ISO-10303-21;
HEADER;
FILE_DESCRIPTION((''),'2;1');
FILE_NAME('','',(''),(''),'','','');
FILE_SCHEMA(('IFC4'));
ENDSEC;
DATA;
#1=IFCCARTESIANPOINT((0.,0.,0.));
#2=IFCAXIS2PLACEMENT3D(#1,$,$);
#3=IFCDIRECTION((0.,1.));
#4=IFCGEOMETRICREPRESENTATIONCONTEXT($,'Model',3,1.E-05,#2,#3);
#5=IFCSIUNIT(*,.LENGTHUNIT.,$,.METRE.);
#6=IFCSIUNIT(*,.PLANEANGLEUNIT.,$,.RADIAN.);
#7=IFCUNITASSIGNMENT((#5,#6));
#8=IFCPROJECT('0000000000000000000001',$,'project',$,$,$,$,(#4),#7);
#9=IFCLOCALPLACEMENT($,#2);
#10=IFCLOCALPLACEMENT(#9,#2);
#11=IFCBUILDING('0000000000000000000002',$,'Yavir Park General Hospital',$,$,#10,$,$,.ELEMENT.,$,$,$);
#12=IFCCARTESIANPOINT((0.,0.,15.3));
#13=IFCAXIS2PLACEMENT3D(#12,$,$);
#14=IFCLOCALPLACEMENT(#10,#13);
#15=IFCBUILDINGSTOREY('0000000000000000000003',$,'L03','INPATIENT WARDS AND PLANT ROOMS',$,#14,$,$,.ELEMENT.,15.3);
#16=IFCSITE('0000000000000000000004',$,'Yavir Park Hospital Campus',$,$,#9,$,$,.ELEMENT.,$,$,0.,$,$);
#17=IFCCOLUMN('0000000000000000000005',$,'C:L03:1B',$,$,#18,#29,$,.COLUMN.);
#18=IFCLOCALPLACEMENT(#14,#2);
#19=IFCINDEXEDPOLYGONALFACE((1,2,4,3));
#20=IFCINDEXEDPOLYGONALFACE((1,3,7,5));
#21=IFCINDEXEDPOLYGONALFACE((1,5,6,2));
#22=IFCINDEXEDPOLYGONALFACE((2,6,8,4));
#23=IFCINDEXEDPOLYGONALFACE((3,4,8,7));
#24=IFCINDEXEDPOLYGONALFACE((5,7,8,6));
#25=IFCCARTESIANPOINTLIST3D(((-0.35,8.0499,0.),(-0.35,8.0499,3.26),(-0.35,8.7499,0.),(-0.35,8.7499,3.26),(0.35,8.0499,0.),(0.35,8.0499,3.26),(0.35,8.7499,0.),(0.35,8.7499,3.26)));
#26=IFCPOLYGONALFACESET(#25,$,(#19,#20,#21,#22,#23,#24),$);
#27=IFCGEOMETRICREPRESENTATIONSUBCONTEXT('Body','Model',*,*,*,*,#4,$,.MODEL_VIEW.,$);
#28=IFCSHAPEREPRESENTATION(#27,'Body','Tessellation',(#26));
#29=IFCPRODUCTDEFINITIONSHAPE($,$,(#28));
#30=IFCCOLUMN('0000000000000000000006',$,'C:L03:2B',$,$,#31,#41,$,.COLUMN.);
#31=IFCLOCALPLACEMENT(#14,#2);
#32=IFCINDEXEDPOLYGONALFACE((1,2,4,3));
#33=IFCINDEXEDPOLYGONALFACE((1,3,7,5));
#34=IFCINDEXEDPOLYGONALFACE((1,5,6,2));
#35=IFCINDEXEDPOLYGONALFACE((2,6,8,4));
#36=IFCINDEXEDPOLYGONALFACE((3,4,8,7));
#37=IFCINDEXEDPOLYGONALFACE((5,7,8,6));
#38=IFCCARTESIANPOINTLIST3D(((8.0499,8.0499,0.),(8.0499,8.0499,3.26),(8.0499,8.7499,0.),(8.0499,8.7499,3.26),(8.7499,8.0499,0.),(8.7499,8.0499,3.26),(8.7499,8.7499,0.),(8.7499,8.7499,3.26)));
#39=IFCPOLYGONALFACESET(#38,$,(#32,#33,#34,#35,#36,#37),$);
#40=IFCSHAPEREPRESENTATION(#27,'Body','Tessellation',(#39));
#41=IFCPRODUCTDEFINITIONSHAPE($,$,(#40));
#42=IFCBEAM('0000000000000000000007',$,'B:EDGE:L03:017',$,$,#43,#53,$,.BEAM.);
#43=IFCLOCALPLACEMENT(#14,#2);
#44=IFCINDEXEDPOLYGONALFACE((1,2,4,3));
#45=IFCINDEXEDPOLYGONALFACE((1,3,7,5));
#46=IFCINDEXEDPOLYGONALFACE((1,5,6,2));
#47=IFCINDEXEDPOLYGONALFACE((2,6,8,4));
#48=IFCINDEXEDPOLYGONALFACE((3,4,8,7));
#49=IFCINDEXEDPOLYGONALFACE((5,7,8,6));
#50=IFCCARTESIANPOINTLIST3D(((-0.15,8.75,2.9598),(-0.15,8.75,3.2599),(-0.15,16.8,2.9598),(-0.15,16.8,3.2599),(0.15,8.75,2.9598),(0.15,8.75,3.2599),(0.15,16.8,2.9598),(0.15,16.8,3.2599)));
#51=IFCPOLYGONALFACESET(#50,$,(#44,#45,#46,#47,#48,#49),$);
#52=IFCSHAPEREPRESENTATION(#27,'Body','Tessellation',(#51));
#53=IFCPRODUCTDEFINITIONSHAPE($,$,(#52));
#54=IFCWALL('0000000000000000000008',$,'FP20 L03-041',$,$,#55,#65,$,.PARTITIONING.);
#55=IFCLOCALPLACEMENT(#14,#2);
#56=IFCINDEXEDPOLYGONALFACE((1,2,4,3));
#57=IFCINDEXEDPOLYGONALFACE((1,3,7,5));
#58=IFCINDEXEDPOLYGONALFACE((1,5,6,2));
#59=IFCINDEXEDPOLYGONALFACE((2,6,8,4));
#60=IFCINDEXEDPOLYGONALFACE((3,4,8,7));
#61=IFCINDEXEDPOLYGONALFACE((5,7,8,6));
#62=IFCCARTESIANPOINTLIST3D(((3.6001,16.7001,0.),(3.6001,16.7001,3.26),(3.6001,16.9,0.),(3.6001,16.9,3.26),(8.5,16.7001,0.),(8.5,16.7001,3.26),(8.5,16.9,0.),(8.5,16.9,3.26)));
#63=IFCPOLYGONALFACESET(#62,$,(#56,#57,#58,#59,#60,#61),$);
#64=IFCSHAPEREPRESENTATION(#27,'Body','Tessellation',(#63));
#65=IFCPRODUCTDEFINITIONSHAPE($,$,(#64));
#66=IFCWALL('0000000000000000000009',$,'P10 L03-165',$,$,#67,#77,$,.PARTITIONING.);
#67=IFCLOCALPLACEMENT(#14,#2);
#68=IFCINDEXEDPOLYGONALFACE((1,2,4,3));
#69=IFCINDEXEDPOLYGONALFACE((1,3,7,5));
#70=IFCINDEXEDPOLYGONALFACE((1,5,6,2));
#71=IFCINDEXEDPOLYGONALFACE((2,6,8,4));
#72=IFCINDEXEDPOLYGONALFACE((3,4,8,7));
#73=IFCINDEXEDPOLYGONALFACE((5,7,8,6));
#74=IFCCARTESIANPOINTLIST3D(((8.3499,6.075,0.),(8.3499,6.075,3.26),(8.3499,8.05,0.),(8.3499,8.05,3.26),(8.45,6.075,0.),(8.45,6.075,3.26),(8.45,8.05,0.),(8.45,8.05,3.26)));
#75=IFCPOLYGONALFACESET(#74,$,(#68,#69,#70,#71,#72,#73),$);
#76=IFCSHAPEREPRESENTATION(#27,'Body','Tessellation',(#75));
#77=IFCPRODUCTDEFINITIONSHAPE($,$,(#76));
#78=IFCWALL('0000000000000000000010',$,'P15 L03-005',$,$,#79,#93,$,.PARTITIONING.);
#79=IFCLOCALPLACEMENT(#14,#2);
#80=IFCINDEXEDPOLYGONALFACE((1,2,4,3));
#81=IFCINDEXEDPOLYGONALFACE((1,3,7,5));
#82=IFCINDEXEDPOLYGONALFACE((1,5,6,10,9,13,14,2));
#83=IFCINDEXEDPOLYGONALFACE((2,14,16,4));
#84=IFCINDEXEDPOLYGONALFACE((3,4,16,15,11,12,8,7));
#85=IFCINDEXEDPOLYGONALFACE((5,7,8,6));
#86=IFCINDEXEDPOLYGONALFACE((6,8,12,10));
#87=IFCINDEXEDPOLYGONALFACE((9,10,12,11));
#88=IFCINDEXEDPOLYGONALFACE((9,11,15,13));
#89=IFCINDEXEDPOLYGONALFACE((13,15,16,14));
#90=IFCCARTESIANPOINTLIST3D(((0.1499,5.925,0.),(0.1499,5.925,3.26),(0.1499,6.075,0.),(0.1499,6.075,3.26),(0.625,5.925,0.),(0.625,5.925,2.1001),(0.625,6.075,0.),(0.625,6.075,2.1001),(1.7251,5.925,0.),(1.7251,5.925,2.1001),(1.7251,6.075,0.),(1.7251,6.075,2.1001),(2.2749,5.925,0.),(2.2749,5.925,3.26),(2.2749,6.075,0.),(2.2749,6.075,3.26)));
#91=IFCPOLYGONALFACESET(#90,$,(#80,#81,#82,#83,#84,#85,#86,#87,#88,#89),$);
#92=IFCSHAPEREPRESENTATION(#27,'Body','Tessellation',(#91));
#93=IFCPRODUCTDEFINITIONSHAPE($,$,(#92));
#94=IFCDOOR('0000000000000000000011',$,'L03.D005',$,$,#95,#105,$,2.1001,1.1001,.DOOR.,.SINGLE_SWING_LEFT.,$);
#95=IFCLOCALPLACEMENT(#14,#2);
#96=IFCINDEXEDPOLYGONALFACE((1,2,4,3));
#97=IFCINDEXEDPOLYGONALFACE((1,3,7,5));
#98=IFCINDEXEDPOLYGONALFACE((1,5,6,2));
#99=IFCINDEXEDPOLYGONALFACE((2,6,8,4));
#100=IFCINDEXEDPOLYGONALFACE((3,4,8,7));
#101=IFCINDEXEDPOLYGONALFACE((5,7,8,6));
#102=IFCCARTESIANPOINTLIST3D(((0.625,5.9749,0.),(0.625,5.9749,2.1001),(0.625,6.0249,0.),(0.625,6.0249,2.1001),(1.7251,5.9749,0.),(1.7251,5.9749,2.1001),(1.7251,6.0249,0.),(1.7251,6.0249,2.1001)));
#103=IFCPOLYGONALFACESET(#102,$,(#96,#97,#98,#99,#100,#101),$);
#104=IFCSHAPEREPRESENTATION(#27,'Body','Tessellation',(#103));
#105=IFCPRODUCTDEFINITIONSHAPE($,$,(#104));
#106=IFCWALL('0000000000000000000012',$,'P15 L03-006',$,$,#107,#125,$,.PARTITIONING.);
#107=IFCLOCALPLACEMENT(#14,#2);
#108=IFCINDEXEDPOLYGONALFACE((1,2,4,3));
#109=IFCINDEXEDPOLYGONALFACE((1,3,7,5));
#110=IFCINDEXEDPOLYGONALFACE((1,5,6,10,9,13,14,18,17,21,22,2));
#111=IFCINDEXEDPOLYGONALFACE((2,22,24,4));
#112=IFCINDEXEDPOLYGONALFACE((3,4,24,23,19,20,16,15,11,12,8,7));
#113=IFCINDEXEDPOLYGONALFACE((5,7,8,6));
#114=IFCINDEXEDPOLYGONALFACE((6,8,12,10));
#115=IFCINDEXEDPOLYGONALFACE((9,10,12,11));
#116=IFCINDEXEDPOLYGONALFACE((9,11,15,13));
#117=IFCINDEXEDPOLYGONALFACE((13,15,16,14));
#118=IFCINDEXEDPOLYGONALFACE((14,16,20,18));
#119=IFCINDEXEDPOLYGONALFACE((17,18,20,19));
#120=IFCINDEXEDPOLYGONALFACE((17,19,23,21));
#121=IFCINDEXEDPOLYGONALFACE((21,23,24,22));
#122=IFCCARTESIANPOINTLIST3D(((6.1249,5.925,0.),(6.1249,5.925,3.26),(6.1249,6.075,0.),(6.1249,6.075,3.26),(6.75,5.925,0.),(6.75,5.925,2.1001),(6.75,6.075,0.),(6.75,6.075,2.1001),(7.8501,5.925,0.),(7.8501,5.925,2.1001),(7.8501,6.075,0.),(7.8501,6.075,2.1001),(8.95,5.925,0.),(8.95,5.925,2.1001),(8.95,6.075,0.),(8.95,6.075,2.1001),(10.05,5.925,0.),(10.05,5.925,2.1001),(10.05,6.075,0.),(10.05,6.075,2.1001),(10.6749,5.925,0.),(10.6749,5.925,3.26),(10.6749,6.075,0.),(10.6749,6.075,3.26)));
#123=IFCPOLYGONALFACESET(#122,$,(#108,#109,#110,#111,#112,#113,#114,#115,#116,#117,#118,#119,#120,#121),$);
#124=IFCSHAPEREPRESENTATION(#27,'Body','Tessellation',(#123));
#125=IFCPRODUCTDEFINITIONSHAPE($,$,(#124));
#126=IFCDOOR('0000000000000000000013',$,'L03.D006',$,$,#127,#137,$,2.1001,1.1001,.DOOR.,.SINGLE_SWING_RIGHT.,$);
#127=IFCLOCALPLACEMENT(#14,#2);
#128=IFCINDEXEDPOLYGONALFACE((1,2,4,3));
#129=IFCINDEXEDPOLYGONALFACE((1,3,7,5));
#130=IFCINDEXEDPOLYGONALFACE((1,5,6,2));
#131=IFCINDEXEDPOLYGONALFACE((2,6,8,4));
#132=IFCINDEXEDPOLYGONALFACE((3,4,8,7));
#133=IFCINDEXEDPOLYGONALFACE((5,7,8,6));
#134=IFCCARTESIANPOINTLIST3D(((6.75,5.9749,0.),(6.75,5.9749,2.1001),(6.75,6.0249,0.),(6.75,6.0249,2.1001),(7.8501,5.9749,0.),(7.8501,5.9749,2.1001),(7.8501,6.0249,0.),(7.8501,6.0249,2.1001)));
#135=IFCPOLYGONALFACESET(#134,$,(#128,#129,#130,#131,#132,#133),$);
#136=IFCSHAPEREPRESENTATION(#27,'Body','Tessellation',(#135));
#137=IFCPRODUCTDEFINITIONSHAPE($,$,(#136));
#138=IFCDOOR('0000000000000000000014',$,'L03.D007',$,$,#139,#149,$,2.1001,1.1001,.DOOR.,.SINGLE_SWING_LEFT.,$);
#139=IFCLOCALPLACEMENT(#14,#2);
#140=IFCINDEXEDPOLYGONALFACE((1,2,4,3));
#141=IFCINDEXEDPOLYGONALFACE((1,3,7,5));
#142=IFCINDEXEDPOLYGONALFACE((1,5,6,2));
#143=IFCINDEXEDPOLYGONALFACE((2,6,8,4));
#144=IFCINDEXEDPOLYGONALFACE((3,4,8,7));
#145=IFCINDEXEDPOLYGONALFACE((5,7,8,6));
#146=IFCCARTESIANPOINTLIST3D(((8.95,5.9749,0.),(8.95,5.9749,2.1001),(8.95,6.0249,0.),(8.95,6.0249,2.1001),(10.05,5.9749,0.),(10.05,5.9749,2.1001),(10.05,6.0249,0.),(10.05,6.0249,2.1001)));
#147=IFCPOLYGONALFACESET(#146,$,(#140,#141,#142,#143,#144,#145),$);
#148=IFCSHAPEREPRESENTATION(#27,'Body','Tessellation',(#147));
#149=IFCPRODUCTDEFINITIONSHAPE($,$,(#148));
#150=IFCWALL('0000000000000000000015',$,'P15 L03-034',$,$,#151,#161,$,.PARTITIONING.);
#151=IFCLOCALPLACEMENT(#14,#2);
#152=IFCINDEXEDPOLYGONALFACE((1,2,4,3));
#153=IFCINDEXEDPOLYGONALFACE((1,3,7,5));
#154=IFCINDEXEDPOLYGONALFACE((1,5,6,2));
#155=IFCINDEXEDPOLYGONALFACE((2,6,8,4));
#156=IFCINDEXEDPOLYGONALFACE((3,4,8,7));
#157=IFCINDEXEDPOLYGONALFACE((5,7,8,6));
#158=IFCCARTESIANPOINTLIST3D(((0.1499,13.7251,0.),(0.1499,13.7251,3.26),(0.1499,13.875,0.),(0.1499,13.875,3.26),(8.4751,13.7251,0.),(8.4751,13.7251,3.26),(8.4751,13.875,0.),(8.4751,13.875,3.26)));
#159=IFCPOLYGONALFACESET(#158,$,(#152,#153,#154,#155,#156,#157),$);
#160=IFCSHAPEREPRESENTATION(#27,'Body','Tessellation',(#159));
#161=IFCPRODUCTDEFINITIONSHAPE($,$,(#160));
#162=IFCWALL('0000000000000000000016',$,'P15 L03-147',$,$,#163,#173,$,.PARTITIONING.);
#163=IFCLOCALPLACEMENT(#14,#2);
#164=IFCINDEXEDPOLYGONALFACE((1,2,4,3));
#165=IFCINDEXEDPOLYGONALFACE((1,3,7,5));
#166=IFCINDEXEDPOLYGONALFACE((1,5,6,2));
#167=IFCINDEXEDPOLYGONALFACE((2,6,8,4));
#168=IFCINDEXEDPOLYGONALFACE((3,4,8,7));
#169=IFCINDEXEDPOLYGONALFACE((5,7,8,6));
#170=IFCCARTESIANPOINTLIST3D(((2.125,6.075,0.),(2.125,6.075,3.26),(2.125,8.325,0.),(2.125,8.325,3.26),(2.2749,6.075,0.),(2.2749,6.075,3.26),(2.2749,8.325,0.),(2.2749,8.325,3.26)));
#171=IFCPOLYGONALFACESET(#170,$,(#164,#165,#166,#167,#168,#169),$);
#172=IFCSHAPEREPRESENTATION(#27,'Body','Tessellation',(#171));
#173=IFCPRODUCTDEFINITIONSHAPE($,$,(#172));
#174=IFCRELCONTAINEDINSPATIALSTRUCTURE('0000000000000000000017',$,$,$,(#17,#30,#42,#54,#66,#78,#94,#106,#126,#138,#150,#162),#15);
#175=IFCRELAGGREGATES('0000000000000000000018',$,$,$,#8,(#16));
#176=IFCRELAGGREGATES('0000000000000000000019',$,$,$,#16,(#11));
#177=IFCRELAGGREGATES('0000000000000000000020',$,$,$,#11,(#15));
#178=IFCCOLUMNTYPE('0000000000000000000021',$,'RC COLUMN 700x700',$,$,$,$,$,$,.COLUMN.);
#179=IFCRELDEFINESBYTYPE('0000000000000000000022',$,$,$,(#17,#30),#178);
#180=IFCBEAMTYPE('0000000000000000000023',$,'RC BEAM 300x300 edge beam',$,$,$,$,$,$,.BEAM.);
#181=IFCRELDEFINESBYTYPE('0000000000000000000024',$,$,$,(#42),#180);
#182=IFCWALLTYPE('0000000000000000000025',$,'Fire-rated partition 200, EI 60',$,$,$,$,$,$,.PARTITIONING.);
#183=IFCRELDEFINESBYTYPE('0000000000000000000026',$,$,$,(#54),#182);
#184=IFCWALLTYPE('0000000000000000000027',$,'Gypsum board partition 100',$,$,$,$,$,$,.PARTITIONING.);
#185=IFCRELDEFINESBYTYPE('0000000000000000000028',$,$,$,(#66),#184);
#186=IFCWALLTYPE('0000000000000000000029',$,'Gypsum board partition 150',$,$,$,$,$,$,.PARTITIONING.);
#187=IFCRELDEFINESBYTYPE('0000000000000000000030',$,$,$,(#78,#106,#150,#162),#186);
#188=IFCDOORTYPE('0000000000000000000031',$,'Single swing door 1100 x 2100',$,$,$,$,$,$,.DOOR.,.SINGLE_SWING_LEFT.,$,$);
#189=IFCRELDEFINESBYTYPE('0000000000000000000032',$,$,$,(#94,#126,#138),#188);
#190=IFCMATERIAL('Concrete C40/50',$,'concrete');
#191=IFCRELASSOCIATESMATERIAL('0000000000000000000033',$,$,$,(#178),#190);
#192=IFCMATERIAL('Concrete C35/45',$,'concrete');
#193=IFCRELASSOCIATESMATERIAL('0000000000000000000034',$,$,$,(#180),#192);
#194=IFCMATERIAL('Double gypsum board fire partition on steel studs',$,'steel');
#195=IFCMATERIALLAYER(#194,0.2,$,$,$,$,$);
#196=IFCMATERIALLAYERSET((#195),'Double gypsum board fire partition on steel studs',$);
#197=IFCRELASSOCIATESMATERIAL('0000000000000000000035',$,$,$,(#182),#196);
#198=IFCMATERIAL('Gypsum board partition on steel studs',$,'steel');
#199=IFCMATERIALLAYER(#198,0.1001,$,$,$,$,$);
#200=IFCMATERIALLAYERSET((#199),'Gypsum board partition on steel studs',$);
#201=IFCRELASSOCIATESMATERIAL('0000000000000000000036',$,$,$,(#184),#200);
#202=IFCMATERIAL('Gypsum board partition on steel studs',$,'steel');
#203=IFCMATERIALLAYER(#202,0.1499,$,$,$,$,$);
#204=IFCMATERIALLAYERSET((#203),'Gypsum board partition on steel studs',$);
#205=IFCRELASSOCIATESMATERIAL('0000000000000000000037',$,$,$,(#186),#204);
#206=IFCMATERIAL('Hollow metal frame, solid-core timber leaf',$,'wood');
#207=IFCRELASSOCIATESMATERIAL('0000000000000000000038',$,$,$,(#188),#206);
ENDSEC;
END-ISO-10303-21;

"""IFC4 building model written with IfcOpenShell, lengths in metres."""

from ifc_helpers import new_model, si_unit, direction, frame, frame_2d, origin, origin_2d, place, context, subcontext, project, spatial, rectangle, extrude, material, layer, layer_set, material_profile, profile_set, type_object, element, fill, save


model = new_model("IFC4")

# Units and contexts
model_context = context("Model", 3, precision=1e-05, world=origin(), true_north=direction((0.0, 1.0)))
body_context = subcontext(model_context, "Body", "Model", "MODEL_VIEW")
ifc_project = project(units=[si_unit("LENGTHUNIT", "METRE"), si_unit("PLANEANGLEUNIT", "RADIAN")], contexts=[model_context])

# Site, building, storey
site_placement = place(None, origin())
site = spatial("IfcSite", under=ifc_project, at=site_placement, Name="Yavir Park Hospital Campus", CompositionType="ELEMENT", RefElevation=0.0)
building_placement = place(site_placement, origin())
building = spatial("IfcBuilding", under=site, at=building_placement, Name="Yavir Park General Hospital", CompositionType="ELEMENT")
storey_placement = place(building_placement, frame((0.0, 0.0, 15.3)))
storey = spatial("IfcBuildingStorey", under=building, at=storey_placement, Name="L03", Description="INPATIENT WARDS AND PLANT ROOMS", CompositionType="ELEMENT", Elevation=15.3)

# Columns
ifc_material_1 = material(Name="Concrete C40/50", Category="concrete")
ifc_material_profile_1 = material_profile(ifc_material_1, rectangle(XDim=0.7, YDim=0.7, at=origin_2d()), Name="RC700x700")
ifc_profile_set_1 = profile_set([ifc_material_profile_1], Name="Concrete C40/50")
column_type = type_object("IfcColumnType", Name="RC COLUMN 700x700", PredefinedType="COLUMN", material=ifc_profile_set_1)
for number, where, z_axis, x_axis, name in (
    (1, (0.0, 8.3999, 0.0), (0.0, 0.0, 1.0), (1.0, 0.0, 0.0), "C:L03:1B"),
    (2, (8.3999, 8.3999, 0.0), (0.0, 0.0, 1.0), (1.0, 0.0, 0.0), "C:L03:2B"),
):
    element("IfcColumn", number, at=place(storey_placement, frame(where, z_axis=z_axis, x_axis=x_axis)), inside=storey, type_object=column_type, Name=name, PredefinedType="COLUMN", context=body_context, shape_type="SweptSolid", body=[
        extrude(rectangle(XDim=0.7, YDim=0.7, at=origin_2d()), origin(), (0.0, 0.0, 1.0), 3.26),
    ])

# Beam
ifc_material_2 = material(Name="Concrete C35/45", Category="concrete")
ifc_material_profile_2 = material_profile(ifc_material_2, rectangle(XDim=0.3, YDim=0.3, at=origin_2d()), Name="RC300x300")
ifc_profile_set_2 = profile_set([ifc_material_profile_2], Name="Concrete C35/45")
beam_type = type_object("IfcBeamType", Name="RC BEAM 300x300 edge beam", PredefinedType="BEAM", material=ifc_profile_set_2)
beam_placement = place(storey_placement, frame((0.0, 8.75, 3.1099), z_axis=(0.0, 1.0, 0.0), x_axis=(-1.0, 0.0, 0.0)))
element("IfcBeam", 3, at=beam_placement, inside=storey, type_object=beam_type, Name="B:EDGE:L03:017", PredefinedType="BEAM", context=body_context, shape_type="SweptSolid", body=[
    extrude(rectangle(XDim=0.3, YDim=0.3, at=origin_2d()), origin(), (0.0, 0.0, 1.0), 8.05),
])

# Walls
ifc_material_3 = material(Name="Double gypsum board fire partition on steel studs", Category="steel")
ifc_layer_1 = layer(ifc_material_3, 0.2)
ifc_layer_set_1 = layer_set([ifc_layer_1], Name="Double gypsum board fire partition on steel studs")
wall_type_1 = type_object("IfcWallType", Name="Fire-rated partition 200, EI 60", PredefinedType="PARTITIONING", material=ifc_layer_set_1)
wall_1_placement = place(storey_placement, frame((3.6001, 16.8, 0.0), z_axis=(0.0, 0.0, 1.0), x_axis=(1.0, 0.0, 0.0)))
element("IfcWall", 4, at=wall_1_placement, inside=storey, type_object=wall_type_1, Name="FP20 L03-041", PredefinedType="PARTITIONING", context=body_context, shape_type="SweptSolid", body=[
    extrude(rectangle(XDim=4.8999, YDim=0.2, at=frame_2d((2.45, 0.0))), origin(), (0.0, 0.0, 1.0), 3.26),
])
ifc_material_4 = material(Name="Gypsum board partition on steel studs", Category="steel")
ifc_layer_2 = layer(ifc_material_4, 0.1001)
ifc_layer_set_2 = layer_set([ifc_layer_2], Name="Gypsum board partition on steel studs")
wall_type_2 = type_object("IfcWallType", Name="Gypsum board partition 100", PredefinedType="PARTITIONING", material=ifc_layer_set_2)
wall_2_placement = place(storey_placement, frame((8.3999, 6.075, 0.0), z_axis=(0.0, 0.0, 1.0), x_axis=(0.0, 1.0, 0.0)))
element("IfcWall", 5, at=wall_2_placement, inside=storey, type_object=wall_type_2, Name="P10 L03-165", PredefinedType="PARTITIONING", context=body_context, shape_type="SweptSolid", body=[
    extrude(rectangle(XDim=1.9751, YDim=0.1001, at=frame_2d((0.9875, 0.0))), origin(), (0.0, 0.0, 1.0), 3.26),
])

# Wall, opening, door
ifc_material_5 = material(Name="Gypsum board partition on steel studs", Category="steel")
ifc_layer_3 = layer(ifc_material_5, 0.1499)
ifc_layer_set_3 = layer_set([ifc_layer_3], Name="Gypsum board partition on steel studs")
wall_type_3 = type_object("IfcWallType", Name="Gypsum board partition 150", PredefinedType="PARTITIONING", material=ifc_layer_set_3)
wall_3_placement = place(storey_placement, frame((0.1499, 6.0, 0.0), z_axis=(0.0, 0.0, 1.0), x_axis=(1.0, 0.0, 0.0)))
wall_3 = element("IfcWall", 6, at=wall_3_placement, inside=storey, type_object=wall_type_3, Name="P15 L03-005", PredefinedType="PARTITIONING", context=body_context, shape_type="SweptSolid", body=[
    extrude(rectangle(XDim=2.125, YDim=0.1499, at=frame_2d((1.0625, 0.0))), origin(), (0.0, 0.0, 1.0), 3.26),
])
opening_1_placement = place(wall_3_placement, frame((0.4751, 0.0, 0.0)))
opening_1 = element("IfcOpeningElement", 7, at=opening_1_placement, cuts=wall_3, PredefinedType="OPENING", context=body_context, shape_type="SweptSolid", body=[
    extrude(rectangle(XDim=1.1001, YDim=2.1001, at=frame_2d((0.55, 1.05))), frame((0.0, 0.085, 0.0), z_axis=(0.0, -1.0, 0.0), x_axis=(1.0, 0.0, 0.0)), (0.0, 0.0, 1.0), 0.1699),
])
ifc_material_6 = material(Name="Hollow metal frame, solid-core timber leaf", Category="wood")
door_type_1 = type_object("IfcDoorType", Name="Single swing door 1100 x 2100", OperationType="SINGLE_SWING_LEFT", PredefinedType="DOOR", material=ifc_material_6)
door_1_placement = place(opening_1_placement, origin())
door_1 = element("IfcDoor", 8, at=door_1_placement, inside=storey, type_object=door_type_1, Name="L03.D005", OperationType="SINGLE_SWING_LEFT", OverallHeight=2.1001, OverallWidth=1.1001, PredefinedType="DOOR", context=body_context, shape_type="SweptSolid", body=[
    extrude(rectangle(XDim=1.1001, YDim=2.1001, at=frame_2d((0.55, 1.05))), frame((0.0, 0.0249, 0.0), z_axis=(0.0, -1.0, 0.0), x_axis=(1.0, 0.0, 0.0)), (0.0, 0.0, 1.0), 0.05),
])
fill(opening_1, door_1)

# Wall, openings, doors
wall_4_placement = place(storey_placement, frame((6.125, 6.0, 0.0), z_axis=(0.0, 0.0, 1.0), x_axis=(1.0, 0.0, 0.0)))
wall_4 = element("IfcWall", 9, at=wall_4_placement, inside=storey, type_object=wall_type_3, Name="P15 L03-006", PredefinedType="PARTITIONING", context=body_context, shape_type="SweptSolid", body=[
    extrude(rectangle(XDim=4.55, YDim=0.1499, at=frame_2d((2.2749, 0.0))), origin(), (0.0, 0.0, 1.0), 3.26),
])
opening_2_placement = place(wall_4_placement, frame((0.625, 0.0, 0.0)))
opening_2 = element("IfcOpeningElement", 10, at=opening_2_placement, cuts=wall_4, PredefinedType="OPENING", context=body_context, shape_type="SweptSolid", body=[
    extrude(rectangle(XDim=1.1001, YDim=2.1001, at=frame_2d((0.55, 1.05))), frame((0.0, 0.085, 0.0), z_axis=(0.0, -1.0, 0.0), x_axis=(1.0, 0.0, 0.0)), (0.0, 0.0, 1.0), 0.1699),
])
opening_3_placement = place(wall_4_placement, frame((2.825, 0.0, 0.0)))
opening_3 = element("IfcOpeningElement", 11, at=opening_3_placement, cuts=wall_4, PredefinedType="OPENING", context=body_context, shape_type="SweptSolid", body=[
    extrude(rectangle(XDim=1.1001, YDim=2.1001, at=frame_2d((0.55, 1.05))), frame((0.0, 0.085, 0.0), z_axis=(0.0, -1.0, 0.0), x_axis=(1.0, 0.0, 0.0)), (0.0, 0.0, 1.0), 0.1699),
])
door_2_placement = place(opening_2_placement, origin())
door_2 = element("IfcDoor", 12, at=door_2_placement, inside=storey, type_object=door_type_1, Name="L03.D006", OperationType="SINGLE_SWING_RIGHT", OverallHeight=2.1001, OverallWidth=1.1001, PredefinedType="DOOR", context=body_context, shape_type="SweptSolid", body=[
    extrude(rectangle(XDim=1.1001, YDim=2.1001, at=frame_2d((0.55, 1.05))), frame((0.0, 0.0249, 0.0), z_axis=(0.0, -1.0, 0.0), x_axis=(1.0, 0.0, 0.0)), (0.0, 0.0, 1.0), 0.05),
])
fill(opening_2, door_2)
door_3_placement = place(opening_3_placement, origin())
door_3 = element("IfcDoor", 13, at=door_3_placement, inside=storey, type_object=door_type_1, Name="L03.D007", OperationType="SINGLE_SWING_LEFT", OverallHeight=2.1001, OverallWidth=1.1001, PredefinedType="DOOR", context=body_context, shape_type="SweptSolid", body=[
    extrude(rectangle(XDim=1.1001, YDim=2.1001, at=frame_2d((0.55, 1.05))), frame((0.0, 0.0249, 0.0), z_axis=(0.0, -1.0, 0.0), x_axis=(1.0, 0.0, 0.0)), (0.0, 0.0, 1.0), 0.05),
])
fill(opening_3, door_3)

# Walls
wall_5_placement = place(storey_placement, frame((0.1499, 13.8, 0.0), z_axis=(0.0, 0.0, 1.0), x_axis=(1.0, 0.0, 0.0)))
element("IfcWall", 14, at=wall_5_placement, inside=storey, type_object=wall_type_3, Name="P15 L03-034", PredefinedType="PARTITIONING", context=body_context, shape_type="SweptSolid", body=[
    extrude(rectangle(XDim=8.3252, YDim=0.1499, at=frame_2d((4.1626, 0.0))), origin(), (0.0, 0.0, 1.0), 3.26),
])
for number, where, z_axis, x_axis, name in (
    (15, (2.2, 6.075, 0.0), (0.0, 0.0, 1.0), (0.0, 1.0, 0.0), "P15 L03-147"),
):
    element("IfcWall", number, at=place(storey_placement, frame(where, z_axis=z_axis, x_axis=x_axis)), inside=storey, type_object=wall_type_3, Name=name, PredefinedType="PARTITIONING", context=body_context, shape_type="SweptSolid", body=[
        extrude(rectangle(XDim=2.25, YDim=0.1499, at=frame_2d((1.125, 0.0))), origin(), (0.0, 0.0, 1.0), 3.26),
    ])

save(model, "model.ifc")
